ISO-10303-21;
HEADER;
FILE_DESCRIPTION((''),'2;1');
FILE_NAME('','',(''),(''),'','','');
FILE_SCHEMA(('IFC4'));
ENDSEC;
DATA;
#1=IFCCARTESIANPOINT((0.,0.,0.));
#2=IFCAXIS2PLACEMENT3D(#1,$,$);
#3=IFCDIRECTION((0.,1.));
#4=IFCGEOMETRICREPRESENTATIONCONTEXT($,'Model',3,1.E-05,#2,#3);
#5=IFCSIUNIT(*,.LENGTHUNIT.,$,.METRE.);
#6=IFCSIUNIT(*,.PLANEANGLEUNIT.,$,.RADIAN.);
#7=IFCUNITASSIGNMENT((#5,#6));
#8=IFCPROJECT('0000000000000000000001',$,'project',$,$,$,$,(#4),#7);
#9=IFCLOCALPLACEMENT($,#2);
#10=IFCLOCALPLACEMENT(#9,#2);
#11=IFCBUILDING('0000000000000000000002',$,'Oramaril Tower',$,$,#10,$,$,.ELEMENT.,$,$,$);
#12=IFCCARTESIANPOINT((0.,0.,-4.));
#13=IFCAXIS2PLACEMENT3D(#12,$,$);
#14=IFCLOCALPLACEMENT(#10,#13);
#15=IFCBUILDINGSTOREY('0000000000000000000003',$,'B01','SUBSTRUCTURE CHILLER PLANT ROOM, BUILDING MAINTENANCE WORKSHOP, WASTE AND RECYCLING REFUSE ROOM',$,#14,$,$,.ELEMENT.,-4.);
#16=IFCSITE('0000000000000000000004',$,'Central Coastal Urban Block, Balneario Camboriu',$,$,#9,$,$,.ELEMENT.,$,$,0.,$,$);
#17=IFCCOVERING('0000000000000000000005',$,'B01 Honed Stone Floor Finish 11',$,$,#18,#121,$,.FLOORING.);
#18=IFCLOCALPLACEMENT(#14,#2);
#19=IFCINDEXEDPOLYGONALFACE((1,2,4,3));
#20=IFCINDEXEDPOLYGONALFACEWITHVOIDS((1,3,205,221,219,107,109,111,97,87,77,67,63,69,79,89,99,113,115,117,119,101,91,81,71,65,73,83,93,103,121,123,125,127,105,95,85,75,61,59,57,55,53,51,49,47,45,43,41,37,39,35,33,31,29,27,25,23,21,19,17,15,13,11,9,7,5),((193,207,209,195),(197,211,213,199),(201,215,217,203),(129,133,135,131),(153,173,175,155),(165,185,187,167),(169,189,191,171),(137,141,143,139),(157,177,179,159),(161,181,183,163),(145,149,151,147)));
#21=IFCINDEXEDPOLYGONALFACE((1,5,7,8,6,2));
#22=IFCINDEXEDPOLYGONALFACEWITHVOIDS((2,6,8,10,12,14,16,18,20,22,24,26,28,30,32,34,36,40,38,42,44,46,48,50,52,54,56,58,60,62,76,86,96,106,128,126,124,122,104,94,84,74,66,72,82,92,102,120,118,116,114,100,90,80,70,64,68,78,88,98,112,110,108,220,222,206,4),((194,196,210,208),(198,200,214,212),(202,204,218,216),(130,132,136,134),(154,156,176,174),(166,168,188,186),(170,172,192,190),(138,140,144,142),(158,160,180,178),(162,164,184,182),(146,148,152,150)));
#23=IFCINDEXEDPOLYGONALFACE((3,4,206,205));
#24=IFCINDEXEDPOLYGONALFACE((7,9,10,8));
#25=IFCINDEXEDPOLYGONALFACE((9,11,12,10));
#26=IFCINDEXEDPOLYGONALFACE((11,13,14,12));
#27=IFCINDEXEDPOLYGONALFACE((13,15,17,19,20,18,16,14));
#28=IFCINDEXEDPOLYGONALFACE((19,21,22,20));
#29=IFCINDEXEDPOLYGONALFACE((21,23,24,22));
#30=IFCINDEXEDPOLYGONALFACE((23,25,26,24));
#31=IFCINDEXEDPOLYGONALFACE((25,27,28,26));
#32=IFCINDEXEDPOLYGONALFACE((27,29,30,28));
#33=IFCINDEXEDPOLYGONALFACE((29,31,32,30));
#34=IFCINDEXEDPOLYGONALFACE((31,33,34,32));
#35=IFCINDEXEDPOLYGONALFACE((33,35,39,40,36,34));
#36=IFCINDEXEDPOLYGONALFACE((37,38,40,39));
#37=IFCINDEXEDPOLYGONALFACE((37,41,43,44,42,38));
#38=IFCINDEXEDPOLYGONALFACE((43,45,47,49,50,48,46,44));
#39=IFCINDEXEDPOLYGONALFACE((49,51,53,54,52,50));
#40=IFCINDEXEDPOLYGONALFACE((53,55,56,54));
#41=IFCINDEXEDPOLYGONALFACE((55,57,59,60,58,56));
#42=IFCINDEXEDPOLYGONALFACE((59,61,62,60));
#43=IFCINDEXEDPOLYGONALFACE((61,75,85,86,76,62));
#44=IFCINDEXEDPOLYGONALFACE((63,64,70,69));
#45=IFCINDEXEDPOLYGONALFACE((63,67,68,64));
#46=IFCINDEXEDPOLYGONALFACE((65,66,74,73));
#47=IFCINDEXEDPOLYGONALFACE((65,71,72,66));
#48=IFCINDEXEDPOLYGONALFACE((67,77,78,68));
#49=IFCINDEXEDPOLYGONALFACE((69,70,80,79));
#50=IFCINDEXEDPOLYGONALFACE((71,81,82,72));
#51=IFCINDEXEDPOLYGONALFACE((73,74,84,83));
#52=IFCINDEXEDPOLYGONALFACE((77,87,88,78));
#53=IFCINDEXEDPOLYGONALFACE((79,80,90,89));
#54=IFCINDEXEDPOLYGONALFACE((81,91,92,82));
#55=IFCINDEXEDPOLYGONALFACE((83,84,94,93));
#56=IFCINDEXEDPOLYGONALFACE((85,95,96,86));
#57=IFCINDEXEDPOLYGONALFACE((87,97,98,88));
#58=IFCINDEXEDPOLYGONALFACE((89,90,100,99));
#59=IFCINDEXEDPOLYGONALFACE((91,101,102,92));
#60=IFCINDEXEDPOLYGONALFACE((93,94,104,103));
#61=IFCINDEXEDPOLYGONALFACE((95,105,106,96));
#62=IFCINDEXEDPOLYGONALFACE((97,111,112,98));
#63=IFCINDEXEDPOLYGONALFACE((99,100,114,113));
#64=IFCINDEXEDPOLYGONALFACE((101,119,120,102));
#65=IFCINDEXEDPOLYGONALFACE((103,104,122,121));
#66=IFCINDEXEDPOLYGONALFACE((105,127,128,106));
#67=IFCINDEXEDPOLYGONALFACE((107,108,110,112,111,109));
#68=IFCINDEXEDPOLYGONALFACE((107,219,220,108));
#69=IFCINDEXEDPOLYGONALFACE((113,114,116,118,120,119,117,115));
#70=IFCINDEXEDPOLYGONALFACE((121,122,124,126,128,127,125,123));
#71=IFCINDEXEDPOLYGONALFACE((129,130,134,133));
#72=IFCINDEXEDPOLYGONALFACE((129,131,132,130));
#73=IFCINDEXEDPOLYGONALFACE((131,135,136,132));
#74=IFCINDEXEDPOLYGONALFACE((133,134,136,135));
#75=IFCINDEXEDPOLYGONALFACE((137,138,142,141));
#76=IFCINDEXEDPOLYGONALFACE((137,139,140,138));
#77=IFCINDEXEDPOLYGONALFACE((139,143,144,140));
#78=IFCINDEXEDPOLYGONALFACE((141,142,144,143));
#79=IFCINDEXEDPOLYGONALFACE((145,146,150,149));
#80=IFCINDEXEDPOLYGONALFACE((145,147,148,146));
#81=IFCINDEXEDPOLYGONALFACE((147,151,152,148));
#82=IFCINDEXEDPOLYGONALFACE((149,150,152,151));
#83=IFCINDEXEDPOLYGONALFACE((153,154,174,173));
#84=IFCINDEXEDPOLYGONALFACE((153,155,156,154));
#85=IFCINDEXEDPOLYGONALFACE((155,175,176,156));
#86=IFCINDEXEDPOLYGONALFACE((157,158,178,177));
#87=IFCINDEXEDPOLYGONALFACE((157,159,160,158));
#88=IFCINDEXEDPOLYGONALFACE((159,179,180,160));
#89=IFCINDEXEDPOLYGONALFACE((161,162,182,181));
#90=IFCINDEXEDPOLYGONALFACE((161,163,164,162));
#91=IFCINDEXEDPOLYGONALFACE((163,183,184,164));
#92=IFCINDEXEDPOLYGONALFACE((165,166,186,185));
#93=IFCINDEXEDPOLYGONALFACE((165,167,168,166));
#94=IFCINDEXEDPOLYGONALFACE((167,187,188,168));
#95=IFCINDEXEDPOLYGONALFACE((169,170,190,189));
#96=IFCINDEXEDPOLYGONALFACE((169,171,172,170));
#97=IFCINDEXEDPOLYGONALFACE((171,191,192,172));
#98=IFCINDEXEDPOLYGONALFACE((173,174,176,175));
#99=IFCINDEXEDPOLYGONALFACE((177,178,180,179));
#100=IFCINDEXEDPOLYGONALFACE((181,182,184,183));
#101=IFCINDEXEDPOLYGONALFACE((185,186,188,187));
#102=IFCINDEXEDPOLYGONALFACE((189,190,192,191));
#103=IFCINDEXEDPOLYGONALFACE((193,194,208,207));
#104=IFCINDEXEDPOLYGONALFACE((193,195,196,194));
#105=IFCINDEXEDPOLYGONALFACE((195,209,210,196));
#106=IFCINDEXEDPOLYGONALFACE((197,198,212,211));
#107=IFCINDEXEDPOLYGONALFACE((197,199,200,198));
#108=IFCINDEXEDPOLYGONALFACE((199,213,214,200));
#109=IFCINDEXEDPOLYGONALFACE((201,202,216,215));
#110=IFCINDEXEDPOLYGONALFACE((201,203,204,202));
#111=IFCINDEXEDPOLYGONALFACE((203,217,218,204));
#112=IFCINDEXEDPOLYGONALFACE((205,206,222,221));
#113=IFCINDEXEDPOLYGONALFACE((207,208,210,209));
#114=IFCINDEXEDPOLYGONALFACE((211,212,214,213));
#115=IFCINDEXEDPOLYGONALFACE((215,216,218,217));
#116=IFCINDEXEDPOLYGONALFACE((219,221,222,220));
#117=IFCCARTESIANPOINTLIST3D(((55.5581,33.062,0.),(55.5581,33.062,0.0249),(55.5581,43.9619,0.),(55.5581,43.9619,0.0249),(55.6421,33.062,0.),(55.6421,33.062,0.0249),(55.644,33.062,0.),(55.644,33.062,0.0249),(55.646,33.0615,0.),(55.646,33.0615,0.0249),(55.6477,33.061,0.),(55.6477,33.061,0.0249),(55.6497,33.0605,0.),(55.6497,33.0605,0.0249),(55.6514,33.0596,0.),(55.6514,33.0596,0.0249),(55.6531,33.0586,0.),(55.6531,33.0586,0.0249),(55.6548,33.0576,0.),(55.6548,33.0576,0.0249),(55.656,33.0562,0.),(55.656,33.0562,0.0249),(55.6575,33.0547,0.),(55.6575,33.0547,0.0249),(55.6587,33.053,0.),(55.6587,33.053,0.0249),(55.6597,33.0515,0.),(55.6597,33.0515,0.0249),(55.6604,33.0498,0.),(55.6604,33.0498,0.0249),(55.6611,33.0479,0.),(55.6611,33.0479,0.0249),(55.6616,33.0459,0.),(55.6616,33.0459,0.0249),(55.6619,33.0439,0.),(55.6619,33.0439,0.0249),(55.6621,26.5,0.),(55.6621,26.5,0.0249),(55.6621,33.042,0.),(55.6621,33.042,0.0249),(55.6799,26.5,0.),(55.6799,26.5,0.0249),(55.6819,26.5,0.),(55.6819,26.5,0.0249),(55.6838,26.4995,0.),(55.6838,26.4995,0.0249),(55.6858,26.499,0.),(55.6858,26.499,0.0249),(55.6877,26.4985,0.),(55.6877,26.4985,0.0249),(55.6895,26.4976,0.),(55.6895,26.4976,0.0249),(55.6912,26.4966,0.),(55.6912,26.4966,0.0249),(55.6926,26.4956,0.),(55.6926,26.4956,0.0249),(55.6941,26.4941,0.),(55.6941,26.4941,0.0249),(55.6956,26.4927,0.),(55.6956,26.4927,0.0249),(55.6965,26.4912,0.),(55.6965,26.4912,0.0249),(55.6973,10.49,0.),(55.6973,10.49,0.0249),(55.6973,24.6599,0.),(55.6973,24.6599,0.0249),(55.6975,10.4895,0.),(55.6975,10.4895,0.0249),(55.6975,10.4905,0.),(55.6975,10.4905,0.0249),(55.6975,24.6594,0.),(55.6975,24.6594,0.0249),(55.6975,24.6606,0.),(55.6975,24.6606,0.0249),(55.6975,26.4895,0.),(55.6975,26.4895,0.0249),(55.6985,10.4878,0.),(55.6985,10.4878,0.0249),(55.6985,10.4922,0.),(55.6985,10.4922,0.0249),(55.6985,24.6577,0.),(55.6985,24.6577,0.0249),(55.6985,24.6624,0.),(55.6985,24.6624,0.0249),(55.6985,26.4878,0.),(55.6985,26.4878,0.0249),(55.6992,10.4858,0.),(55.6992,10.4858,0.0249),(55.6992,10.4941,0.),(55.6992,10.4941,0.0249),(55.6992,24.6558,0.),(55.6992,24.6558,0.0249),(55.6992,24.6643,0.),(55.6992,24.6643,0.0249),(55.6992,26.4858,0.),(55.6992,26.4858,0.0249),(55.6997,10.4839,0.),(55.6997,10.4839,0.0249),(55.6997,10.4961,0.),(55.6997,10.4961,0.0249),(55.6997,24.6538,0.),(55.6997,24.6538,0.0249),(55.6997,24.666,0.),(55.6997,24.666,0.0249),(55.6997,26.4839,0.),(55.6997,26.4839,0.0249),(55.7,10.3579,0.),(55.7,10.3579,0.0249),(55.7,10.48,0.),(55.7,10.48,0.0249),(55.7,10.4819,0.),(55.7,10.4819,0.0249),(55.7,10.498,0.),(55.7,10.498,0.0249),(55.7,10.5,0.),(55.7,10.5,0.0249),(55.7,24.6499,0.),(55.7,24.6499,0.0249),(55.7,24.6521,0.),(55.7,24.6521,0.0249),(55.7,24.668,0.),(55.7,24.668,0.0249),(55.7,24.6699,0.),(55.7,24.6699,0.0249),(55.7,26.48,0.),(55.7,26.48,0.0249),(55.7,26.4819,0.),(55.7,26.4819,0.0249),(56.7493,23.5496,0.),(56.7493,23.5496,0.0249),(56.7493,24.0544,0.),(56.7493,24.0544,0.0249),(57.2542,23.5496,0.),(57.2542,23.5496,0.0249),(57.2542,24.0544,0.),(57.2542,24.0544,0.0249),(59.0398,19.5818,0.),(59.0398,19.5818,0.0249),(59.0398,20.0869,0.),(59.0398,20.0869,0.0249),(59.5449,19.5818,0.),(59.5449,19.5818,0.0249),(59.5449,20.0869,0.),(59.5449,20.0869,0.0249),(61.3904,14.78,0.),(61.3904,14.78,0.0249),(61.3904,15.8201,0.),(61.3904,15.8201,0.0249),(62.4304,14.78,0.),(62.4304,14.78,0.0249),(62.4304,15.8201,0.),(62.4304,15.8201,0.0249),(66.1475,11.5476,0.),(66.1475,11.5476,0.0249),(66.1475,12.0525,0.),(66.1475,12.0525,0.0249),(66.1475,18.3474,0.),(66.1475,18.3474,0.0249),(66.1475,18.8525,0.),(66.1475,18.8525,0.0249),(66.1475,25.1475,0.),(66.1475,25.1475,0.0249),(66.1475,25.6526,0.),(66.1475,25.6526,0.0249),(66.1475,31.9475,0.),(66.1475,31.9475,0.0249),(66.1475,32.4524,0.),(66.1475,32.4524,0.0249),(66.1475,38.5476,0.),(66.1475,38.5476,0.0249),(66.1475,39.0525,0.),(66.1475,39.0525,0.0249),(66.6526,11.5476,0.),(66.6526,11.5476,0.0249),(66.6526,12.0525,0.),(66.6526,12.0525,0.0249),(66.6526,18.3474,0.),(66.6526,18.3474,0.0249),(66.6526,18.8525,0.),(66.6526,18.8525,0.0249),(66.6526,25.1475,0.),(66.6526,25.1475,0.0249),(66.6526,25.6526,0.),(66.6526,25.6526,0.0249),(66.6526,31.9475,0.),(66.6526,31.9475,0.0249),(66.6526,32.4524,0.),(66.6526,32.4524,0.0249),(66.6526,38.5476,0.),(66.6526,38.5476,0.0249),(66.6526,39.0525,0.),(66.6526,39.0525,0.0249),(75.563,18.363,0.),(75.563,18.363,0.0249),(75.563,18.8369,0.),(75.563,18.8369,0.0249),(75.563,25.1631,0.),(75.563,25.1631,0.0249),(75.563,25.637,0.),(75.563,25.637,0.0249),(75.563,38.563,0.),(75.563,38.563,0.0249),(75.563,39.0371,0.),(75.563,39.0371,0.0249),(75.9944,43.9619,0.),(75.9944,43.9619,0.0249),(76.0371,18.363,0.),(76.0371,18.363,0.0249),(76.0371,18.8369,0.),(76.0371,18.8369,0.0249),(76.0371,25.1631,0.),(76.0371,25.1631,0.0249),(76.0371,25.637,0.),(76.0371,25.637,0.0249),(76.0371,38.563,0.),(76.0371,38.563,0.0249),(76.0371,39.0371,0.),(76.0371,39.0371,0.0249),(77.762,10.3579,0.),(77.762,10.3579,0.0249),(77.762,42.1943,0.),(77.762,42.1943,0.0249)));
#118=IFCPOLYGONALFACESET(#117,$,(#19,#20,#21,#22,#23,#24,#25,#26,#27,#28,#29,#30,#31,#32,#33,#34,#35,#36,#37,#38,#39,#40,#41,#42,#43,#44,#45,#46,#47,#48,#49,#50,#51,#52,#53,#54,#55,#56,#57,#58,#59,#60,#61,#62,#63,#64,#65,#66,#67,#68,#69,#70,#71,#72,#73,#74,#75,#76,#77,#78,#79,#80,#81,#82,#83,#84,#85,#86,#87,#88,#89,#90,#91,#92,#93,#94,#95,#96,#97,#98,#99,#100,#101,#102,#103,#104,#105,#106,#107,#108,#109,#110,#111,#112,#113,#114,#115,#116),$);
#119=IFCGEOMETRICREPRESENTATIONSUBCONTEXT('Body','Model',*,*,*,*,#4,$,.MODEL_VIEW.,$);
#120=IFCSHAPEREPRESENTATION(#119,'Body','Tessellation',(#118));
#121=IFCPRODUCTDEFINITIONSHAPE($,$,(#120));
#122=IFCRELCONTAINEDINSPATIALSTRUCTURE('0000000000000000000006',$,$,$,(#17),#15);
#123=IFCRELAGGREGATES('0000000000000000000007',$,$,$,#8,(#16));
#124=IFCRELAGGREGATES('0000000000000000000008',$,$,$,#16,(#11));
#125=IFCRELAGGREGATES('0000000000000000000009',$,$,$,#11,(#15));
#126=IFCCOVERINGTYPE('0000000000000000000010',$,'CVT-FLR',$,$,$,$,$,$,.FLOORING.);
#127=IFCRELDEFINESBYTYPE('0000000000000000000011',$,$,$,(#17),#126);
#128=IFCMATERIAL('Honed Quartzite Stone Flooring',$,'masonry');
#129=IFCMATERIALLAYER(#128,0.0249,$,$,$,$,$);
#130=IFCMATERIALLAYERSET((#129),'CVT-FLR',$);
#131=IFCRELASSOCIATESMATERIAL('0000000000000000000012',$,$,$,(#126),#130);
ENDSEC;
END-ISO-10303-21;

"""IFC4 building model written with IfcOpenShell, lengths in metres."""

from ifc_helpers import new_model, si_unit, direction, frame, origin, place, context, subcontext, project, spatial, polyline, outline, extrude, material, layer, layer_set, type_object, element, save


model = new_model("IFC4")

# Units and contexts
model_context = context("Model", 3, precision=1e-05, world=origin(), true_north=direction((0.0, 1.0)))
body_context = subcontext(model_context, "Body", "Model", "MODEL_VIEW")
ifc_project = project(units=[si_unit("LENGTHUNIT", "METRE"), si_unit("PLANEANGLEUNIT", "RADIAN")], contexts=[model_context])

# Site, building, storey
site_placement = place(None, origin())
site = spatial("IfcSite", under=ifc_project, at=site_placement, Name="Central Coastal Urban Block, Balneario Camboriu", CompositionType="ELEMENT", RefElevation=0.0)
building_placement = place(site_placement, origin())
building = spatial("IfcBuilding", under=site, at=building_placement, Name="Oramaril Tower", CompositionType="ELEMENT")
storey_placement = place(building_placement, frame((0.0, 0.0, -4.0)))
storey = spatial("IfcBuildingStorey", under=building, at=storey_placement, Name="B01", Description="SUBSTRUCTURE CHILLER PLANT ROOM, BUILDING MAINTENANCE WORKSHOP, WASTE AND RECYCLING REFUSE ROOM", CompositionType="ELEMENT", Elevation=-4.0)

# Covering
ifc_material_1 = material(Name="Honed Quartzite Stone Flooring", Category="masonry")
ifc_layer_1 = layer(ifc_material_1, 0.0249)
ifc_layer_set_1 = layer_set([ifc_layer_1], Name="CVT-FLR")
covering_type_1 = type_object("IfcCoveringType", Name="CVT-FLR", PredefinedType="FLOORING", material=ifc_layer_set_1)
covering_1_placement = place(storey_placement, origin())
element("IfcCovering", 1, at=covering_1_placement, inside=storey, type_object=covering_type_1, Name="B01 Honed Stone Floor Finish 11", PredefinedType="FLOORING", context=body_context, shape_type="SweptSolid", body=[
    extrude(outline(polyline([(77.762, 42.1943), (77.762, 10.3579), (55.7, 10.3579), (55.7, 10.48), (55.7, 10.4819), (55.6997, 10.4839), (55.6992, 10.4858), (55.6985, 10.4878), (55.6975, 10.4895), (55.6973, 10.49), (55.6975, 10.4905), (55.6985, 10.4922), (55.6992, 10.4941), (55.6997, 10.4961), (55.7, 10.498), (55.7, 10.5), (55.7, 24.6499), (55.7, 24.6521), (55.6997, 24.6538), (55.6992, 24.6558), (55.6985, 24.6577), (55.6975, 24.6594), (55.6973, 24.6599), (55.6975, 24.6606), (55.6985, 24.6624), (55.6992, 24.6643), (55.6997, 24.666), (55.7, 24.668), (55.7, 24.6699), (55.7, 26.48), (55.7, 26.4819), (55.6997, 26.4839), (55.6992, 26.4858), (55.6985, 26.4878), (55.6975, 26.4895), (55.6965, 26.4912), (55.6956, 26.4927), (55.6941, 26.4941), (55.6926, 26.4956), (55.6912, 26.4966), (55.6895, 26.4976), (55.6877, 26.4985), (55.6858, 26.499), (55.6838, 26.4995), (55.6819, 26.5), (55.6799, 26.5), (55.6621, 26.5), (55.6621, 33.042), (55.6619, 33.0439), (55.6616, 33.0459), (55.6611, 33.0479), (55.6604, 33.0498), (55.6597, 33.0515), (55.6587, 33.053), (55.6575, 33.0547), (55.656, 33.0562), (55.6548, 33.0576), (55.6531, 33.0586), (55.6514, 33.0596), (55.6497, 33.0605), (55.6477, 33.061), (55.646, 33.0615), (55.644, 33.062), (55.6421, 33.062), (55.5581, 33.062), (55.5581, 43.9619), (75.9944, 43.9619), (77.762, 42.1943)]), holes=[polyline([(66.6526, 12.0525), (66.1475, 12.0525), (66.1475, 11.5476), (66.6526, 11.5476), (66.6526, 12.0525)]), polyline([(62.4304, 14.78), (62.4304, 15.8201), (61.3904, 15.8201), (61.3904, 14.78), (62.4304, 14.78)]), polyline([(66.6526, 18.3474), (66.6526, 18.8525), (66.1475, 18.8525), (66.1475, 18.3474), (66.6526, 18.3474)]), polyline([(76.0371, 18.8369), (75.563, 18.8369), (75.563, 18.363), (76.0371, 18.363), (76.0371, 18.8369)]), polyline([(59.5449, 19.5818), (59.5449, 20.0869), (59.0398, 20.0869), (59.0398, 19.5818), (59.5449, 19.5818)]), polyline([(57.2542, 23.5496), (57.2542, 24.0544), (56.7493, 24.0544), (56.7493, 23.5496), (57.2542, 23.5496)]), polyline([(66.6526, 25.6526), (66.1475, 25.6526), (66.1475, 25.1475), (66.6526, 25.1475), (66.6526, 25.6526)]), polyline([(76.0371, 25.1631), (76.0371, 25.637), (75.563, 25.637), (75.563, 25.1631), (76.0371, 25.1631)]), polyline([(66.6526, 31.9475), (66.6526, 32.4524), (66.1475, 32.4524), (66.1475, 31.9475), (66.6526, 31.9475)]), polyline([(66.6526, 38.5476), (66.6526, 39.0525), (66.1475, 39.0525), (66.1475, 38.5476), (66.6526, 38.5476)]), polyline([(76.0371, 38.563), (76.0371, 39.0371), (75.563, 39.0371), (75.563, 38.563), (76.0371, 38.563)])]), origin(), (0.0, 0.0, 1.0), 0.0249),
])

save(model, "model.ifc")
